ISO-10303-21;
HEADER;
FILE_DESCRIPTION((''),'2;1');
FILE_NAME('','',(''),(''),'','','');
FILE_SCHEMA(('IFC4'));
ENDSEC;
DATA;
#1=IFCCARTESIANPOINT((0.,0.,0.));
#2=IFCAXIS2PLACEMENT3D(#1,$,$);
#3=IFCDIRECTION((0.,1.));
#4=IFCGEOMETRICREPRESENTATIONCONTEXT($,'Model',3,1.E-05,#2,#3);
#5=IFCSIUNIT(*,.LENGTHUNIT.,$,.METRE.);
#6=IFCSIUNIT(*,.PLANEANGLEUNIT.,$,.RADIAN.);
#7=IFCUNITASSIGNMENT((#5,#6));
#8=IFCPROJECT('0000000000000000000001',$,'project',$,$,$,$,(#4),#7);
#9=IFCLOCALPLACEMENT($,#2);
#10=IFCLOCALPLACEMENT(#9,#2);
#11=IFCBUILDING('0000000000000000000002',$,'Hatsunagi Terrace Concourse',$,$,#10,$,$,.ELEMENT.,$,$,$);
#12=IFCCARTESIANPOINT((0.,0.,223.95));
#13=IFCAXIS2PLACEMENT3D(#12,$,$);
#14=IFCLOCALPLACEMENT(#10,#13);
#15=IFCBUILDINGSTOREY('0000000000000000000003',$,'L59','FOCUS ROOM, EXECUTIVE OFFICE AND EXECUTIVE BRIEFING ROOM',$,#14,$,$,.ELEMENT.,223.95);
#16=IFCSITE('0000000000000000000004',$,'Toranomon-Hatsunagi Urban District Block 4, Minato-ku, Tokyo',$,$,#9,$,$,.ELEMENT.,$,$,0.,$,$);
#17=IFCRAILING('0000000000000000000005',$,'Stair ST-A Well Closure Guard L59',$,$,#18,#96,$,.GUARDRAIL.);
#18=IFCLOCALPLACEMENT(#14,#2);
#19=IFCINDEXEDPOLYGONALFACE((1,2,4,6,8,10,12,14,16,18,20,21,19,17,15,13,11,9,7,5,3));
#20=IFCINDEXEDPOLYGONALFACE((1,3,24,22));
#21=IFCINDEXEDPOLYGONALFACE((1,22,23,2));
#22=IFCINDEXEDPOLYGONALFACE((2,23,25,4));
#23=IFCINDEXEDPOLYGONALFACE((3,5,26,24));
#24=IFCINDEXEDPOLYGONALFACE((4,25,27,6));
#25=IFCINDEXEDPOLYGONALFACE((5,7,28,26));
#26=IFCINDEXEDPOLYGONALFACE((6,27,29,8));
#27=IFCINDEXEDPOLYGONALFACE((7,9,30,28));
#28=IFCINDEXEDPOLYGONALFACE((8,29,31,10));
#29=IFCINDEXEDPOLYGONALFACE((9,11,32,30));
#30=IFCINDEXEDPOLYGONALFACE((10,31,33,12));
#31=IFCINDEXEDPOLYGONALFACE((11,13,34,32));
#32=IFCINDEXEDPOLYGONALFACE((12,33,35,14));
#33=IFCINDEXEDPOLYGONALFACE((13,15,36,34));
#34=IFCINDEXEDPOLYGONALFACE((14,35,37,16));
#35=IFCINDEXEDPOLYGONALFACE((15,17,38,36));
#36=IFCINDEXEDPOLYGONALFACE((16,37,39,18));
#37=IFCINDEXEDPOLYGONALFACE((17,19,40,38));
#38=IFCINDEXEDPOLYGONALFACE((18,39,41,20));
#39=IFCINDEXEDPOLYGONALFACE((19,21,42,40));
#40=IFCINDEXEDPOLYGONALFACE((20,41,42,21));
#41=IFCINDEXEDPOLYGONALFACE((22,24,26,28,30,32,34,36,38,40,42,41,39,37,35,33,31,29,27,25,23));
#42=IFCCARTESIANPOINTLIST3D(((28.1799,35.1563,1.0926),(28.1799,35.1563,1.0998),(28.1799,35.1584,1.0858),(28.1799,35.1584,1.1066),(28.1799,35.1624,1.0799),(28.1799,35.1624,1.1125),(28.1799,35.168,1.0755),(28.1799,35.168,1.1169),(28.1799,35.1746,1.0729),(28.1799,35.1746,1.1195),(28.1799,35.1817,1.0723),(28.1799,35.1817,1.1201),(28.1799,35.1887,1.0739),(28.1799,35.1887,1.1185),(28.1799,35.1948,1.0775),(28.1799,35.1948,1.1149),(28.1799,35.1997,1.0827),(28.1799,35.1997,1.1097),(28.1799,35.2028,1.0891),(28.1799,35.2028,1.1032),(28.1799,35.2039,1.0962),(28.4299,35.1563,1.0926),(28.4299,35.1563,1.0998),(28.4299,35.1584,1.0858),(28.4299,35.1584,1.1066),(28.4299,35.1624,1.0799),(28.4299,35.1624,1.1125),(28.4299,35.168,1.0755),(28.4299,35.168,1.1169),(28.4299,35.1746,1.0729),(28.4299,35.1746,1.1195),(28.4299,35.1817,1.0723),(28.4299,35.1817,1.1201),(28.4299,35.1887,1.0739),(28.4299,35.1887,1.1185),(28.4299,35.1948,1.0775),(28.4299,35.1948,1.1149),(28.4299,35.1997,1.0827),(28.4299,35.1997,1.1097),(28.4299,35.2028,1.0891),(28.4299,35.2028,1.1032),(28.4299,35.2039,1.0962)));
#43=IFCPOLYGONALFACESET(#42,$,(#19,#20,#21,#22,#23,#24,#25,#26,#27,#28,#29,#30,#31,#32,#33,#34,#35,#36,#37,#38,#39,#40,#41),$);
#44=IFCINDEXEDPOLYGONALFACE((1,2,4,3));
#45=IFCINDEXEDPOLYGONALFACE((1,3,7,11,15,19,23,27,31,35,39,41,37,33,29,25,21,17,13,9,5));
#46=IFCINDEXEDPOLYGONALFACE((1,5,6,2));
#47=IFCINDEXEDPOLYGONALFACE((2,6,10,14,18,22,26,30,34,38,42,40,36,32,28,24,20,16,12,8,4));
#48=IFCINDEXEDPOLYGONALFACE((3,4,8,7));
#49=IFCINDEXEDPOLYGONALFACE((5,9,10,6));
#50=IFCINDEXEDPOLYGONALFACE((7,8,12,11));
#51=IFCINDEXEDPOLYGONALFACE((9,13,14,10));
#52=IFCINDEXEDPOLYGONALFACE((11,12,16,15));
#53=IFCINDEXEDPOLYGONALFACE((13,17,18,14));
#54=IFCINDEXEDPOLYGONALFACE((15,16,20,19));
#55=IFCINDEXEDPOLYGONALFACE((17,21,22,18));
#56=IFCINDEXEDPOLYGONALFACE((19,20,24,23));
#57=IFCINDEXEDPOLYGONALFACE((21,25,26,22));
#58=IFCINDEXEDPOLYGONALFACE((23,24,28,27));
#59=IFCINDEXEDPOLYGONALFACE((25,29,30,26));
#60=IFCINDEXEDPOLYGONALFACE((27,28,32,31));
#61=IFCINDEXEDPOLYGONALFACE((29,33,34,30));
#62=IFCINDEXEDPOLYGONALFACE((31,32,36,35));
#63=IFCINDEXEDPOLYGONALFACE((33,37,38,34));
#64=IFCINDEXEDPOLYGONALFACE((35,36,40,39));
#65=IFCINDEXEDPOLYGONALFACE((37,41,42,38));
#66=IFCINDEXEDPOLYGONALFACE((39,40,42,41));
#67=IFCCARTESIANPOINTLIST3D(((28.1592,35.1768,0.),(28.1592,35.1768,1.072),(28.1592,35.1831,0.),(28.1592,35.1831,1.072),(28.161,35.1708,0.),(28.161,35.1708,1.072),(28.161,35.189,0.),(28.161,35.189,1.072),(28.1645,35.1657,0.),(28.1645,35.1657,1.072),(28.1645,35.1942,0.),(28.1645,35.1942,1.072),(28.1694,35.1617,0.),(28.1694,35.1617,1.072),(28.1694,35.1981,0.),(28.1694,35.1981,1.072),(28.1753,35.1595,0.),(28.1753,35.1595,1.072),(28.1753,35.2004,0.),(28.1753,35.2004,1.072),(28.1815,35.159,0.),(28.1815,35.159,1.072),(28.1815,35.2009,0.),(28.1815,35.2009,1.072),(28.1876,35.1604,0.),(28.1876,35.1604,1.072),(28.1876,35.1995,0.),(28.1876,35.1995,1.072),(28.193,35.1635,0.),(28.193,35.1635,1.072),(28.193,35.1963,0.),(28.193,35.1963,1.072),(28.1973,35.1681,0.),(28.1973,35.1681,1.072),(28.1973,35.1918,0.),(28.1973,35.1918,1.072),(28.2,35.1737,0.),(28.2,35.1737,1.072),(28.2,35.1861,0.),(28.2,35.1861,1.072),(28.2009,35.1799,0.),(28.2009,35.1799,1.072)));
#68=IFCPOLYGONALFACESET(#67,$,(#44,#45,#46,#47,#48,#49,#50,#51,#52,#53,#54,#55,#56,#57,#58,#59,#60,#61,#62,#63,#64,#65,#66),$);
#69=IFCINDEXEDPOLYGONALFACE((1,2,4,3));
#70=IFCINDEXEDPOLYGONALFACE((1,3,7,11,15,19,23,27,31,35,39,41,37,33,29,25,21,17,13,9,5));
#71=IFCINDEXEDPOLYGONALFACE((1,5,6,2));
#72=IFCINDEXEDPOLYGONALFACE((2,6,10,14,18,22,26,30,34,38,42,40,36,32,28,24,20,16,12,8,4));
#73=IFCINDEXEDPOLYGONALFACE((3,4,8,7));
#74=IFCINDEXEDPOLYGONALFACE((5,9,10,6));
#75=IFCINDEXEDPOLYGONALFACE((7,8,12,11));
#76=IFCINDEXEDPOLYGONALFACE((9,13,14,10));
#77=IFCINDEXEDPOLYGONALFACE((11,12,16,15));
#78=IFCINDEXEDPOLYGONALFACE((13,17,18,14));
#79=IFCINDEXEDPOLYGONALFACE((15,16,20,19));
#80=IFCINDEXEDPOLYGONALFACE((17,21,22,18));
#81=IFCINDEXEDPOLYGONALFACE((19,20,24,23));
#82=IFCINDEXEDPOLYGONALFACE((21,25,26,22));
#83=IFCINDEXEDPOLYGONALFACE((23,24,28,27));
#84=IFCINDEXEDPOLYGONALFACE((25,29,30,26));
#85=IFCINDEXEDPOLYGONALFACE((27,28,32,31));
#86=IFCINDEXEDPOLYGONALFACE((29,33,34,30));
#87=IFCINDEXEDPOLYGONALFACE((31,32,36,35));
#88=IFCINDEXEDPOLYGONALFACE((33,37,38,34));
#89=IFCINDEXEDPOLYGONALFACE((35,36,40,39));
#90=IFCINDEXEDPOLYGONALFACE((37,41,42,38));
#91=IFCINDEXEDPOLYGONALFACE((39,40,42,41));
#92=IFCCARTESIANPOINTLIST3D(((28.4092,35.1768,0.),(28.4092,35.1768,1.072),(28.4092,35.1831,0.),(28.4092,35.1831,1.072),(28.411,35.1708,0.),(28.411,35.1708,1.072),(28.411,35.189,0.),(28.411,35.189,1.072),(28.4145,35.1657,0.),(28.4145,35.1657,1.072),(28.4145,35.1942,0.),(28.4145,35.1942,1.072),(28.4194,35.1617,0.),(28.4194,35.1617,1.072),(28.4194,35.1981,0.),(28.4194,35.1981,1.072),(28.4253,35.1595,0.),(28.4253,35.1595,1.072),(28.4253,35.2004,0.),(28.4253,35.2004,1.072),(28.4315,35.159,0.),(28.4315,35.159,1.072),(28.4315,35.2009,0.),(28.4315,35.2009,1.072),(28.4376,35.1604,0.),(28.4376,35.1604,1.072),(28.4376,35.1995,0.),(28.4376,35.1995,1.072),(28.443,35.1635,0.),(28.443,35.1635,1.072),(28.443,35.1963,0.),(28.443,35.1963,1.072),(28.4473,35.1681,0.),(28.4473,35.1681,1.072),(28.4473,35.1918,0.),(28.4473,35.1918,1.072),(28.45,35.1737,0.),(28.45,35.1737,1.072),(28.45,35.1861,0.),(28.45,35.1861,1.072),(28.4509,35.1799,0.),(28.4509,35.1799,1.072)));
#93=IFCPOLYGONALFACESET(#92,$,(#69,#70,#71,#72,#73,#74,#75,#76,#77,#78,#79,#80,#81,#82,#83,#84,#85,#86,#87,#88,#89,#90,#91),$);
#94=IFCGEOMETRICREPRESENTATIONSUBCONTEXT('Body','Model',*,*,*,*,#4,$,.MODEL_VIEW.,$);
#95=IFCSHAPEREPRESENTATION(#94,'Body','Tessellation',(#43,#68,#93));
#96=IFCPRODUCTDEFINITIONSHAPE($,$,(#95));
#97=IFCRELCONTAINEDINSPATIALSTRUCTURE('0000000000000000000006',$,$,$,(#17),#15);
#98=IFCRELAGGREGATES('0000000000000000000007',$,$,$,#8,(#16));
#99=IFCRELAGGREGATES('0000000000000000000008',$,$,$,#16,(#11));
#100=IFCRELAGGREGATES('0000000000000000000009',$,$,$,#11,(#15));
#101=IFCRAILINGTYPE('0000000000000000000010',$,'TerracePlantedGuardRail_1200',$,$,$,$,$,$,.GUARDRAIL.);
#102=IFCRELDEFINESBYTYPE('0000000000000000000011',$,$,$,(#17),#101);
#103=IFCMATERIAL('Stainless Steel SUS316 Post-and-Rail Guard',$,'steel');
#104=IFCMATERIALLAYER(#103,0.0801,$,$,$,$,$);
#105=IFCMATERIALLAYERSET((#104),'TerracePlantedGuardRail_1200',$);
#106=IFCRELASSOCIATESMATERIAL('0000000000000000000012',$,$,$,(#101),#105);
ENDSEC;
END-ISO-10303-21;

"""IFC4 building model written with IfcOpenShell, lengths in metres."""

from ifc_helpers import new_model, si_unit, direction, frame, origin, origin_2d, place, context, subcontext, project, spatial, circle, extrude, material, layer, layer_set, type_object, element, save


model = new_model("IFC4")

# Units and contexts
model_context = context("Model", 3, precision=1e-05, world=origin(), true_north=direction((0.0, 1.0)))
body_context = subcontext(model_context, "Body", "Model", "MODEL_VIEW")
ifc_project = project(units=[si_unit("LENGTHUNIT", "METRE"), si_unit("PLANEANGLEUNIT", "RADIAN")], contexts=[model_context])

# Site, building, storey
site_placement = place(None, origin())
site = spatial("IfcSite", under=ifc_project, at=site_placement, Name="Toranomon-Hatsunagi Urban District Block 4, Minato-ku, Tokyo", CompositionType="ELEMENT", RefElevation=0.0)
building_placement = place(site_placement, origin())
building = spatial("IfcBuilding", under=site, at=building_placement, Name="Hatsunagi Terrace Concourse", CompositionType="ELEMENT")
storey_placement = place(building_placement, frame((0.0, 0.0, 223.95)))
storey = spatial("IfcBuildingStorey", under=building, at=storey_placement, Name="L59", Description="FOCUS ROOM, EXECUTIVE OFFICE AND EXECUTIVE BRIEFING ROOM", CompositionType="ELEMENT", Elevation=223.95)

# Railing
ifc_material_1 = material(Name="Stainless Steel SUS316 Post-and-Rail Guard", Category="steel")
ifc_layer_1 = layer(ifc_material_1, 0.0801)
ifc_layer_set_1 = layer_set([ifc_layer_1], Name="TerracePlantedGuardRail_1200")
railing_type_1 = type_object("IfcRailingType", Name="TerracePlantedGuardRail_1200", PredefinedType="GUARDRAIL", material=ifc_layer_set_1)
railing_1_placement = place(storey_placement, frame((28.1799, 35.1799, 0.0)))
element("IfcRailing", 1, at=railing_1_placement, inside=storey, type_object=railing_type_1, Name="Stair ST-A Well Closure Guard L59", PredefinedType="GUARDRAIL", context=body_context, shape_type="SweptSolid", body=[
    extrude(circle(Radius=0.0239, at=origin_2d()), frame((0.0, 0.0, 1.0962), z_axis=(1.0, 0.0, 0.0), x_axis=(0.0, 1.0, 0.0)), (0.0, 0.0, 1.0), 0.25),
    extrude(circle(Radius=0.021, at=origin_2d()), origin(), (0.0, 0.0, 1.0), 1.072),
    extrude(circle(Radius=0.021, at=origin_2d()), frame((0.25, 0.0, 0.0)), (0.0, 0.0, 1.0), 1.072),
])

save(model, "model.ifc")
